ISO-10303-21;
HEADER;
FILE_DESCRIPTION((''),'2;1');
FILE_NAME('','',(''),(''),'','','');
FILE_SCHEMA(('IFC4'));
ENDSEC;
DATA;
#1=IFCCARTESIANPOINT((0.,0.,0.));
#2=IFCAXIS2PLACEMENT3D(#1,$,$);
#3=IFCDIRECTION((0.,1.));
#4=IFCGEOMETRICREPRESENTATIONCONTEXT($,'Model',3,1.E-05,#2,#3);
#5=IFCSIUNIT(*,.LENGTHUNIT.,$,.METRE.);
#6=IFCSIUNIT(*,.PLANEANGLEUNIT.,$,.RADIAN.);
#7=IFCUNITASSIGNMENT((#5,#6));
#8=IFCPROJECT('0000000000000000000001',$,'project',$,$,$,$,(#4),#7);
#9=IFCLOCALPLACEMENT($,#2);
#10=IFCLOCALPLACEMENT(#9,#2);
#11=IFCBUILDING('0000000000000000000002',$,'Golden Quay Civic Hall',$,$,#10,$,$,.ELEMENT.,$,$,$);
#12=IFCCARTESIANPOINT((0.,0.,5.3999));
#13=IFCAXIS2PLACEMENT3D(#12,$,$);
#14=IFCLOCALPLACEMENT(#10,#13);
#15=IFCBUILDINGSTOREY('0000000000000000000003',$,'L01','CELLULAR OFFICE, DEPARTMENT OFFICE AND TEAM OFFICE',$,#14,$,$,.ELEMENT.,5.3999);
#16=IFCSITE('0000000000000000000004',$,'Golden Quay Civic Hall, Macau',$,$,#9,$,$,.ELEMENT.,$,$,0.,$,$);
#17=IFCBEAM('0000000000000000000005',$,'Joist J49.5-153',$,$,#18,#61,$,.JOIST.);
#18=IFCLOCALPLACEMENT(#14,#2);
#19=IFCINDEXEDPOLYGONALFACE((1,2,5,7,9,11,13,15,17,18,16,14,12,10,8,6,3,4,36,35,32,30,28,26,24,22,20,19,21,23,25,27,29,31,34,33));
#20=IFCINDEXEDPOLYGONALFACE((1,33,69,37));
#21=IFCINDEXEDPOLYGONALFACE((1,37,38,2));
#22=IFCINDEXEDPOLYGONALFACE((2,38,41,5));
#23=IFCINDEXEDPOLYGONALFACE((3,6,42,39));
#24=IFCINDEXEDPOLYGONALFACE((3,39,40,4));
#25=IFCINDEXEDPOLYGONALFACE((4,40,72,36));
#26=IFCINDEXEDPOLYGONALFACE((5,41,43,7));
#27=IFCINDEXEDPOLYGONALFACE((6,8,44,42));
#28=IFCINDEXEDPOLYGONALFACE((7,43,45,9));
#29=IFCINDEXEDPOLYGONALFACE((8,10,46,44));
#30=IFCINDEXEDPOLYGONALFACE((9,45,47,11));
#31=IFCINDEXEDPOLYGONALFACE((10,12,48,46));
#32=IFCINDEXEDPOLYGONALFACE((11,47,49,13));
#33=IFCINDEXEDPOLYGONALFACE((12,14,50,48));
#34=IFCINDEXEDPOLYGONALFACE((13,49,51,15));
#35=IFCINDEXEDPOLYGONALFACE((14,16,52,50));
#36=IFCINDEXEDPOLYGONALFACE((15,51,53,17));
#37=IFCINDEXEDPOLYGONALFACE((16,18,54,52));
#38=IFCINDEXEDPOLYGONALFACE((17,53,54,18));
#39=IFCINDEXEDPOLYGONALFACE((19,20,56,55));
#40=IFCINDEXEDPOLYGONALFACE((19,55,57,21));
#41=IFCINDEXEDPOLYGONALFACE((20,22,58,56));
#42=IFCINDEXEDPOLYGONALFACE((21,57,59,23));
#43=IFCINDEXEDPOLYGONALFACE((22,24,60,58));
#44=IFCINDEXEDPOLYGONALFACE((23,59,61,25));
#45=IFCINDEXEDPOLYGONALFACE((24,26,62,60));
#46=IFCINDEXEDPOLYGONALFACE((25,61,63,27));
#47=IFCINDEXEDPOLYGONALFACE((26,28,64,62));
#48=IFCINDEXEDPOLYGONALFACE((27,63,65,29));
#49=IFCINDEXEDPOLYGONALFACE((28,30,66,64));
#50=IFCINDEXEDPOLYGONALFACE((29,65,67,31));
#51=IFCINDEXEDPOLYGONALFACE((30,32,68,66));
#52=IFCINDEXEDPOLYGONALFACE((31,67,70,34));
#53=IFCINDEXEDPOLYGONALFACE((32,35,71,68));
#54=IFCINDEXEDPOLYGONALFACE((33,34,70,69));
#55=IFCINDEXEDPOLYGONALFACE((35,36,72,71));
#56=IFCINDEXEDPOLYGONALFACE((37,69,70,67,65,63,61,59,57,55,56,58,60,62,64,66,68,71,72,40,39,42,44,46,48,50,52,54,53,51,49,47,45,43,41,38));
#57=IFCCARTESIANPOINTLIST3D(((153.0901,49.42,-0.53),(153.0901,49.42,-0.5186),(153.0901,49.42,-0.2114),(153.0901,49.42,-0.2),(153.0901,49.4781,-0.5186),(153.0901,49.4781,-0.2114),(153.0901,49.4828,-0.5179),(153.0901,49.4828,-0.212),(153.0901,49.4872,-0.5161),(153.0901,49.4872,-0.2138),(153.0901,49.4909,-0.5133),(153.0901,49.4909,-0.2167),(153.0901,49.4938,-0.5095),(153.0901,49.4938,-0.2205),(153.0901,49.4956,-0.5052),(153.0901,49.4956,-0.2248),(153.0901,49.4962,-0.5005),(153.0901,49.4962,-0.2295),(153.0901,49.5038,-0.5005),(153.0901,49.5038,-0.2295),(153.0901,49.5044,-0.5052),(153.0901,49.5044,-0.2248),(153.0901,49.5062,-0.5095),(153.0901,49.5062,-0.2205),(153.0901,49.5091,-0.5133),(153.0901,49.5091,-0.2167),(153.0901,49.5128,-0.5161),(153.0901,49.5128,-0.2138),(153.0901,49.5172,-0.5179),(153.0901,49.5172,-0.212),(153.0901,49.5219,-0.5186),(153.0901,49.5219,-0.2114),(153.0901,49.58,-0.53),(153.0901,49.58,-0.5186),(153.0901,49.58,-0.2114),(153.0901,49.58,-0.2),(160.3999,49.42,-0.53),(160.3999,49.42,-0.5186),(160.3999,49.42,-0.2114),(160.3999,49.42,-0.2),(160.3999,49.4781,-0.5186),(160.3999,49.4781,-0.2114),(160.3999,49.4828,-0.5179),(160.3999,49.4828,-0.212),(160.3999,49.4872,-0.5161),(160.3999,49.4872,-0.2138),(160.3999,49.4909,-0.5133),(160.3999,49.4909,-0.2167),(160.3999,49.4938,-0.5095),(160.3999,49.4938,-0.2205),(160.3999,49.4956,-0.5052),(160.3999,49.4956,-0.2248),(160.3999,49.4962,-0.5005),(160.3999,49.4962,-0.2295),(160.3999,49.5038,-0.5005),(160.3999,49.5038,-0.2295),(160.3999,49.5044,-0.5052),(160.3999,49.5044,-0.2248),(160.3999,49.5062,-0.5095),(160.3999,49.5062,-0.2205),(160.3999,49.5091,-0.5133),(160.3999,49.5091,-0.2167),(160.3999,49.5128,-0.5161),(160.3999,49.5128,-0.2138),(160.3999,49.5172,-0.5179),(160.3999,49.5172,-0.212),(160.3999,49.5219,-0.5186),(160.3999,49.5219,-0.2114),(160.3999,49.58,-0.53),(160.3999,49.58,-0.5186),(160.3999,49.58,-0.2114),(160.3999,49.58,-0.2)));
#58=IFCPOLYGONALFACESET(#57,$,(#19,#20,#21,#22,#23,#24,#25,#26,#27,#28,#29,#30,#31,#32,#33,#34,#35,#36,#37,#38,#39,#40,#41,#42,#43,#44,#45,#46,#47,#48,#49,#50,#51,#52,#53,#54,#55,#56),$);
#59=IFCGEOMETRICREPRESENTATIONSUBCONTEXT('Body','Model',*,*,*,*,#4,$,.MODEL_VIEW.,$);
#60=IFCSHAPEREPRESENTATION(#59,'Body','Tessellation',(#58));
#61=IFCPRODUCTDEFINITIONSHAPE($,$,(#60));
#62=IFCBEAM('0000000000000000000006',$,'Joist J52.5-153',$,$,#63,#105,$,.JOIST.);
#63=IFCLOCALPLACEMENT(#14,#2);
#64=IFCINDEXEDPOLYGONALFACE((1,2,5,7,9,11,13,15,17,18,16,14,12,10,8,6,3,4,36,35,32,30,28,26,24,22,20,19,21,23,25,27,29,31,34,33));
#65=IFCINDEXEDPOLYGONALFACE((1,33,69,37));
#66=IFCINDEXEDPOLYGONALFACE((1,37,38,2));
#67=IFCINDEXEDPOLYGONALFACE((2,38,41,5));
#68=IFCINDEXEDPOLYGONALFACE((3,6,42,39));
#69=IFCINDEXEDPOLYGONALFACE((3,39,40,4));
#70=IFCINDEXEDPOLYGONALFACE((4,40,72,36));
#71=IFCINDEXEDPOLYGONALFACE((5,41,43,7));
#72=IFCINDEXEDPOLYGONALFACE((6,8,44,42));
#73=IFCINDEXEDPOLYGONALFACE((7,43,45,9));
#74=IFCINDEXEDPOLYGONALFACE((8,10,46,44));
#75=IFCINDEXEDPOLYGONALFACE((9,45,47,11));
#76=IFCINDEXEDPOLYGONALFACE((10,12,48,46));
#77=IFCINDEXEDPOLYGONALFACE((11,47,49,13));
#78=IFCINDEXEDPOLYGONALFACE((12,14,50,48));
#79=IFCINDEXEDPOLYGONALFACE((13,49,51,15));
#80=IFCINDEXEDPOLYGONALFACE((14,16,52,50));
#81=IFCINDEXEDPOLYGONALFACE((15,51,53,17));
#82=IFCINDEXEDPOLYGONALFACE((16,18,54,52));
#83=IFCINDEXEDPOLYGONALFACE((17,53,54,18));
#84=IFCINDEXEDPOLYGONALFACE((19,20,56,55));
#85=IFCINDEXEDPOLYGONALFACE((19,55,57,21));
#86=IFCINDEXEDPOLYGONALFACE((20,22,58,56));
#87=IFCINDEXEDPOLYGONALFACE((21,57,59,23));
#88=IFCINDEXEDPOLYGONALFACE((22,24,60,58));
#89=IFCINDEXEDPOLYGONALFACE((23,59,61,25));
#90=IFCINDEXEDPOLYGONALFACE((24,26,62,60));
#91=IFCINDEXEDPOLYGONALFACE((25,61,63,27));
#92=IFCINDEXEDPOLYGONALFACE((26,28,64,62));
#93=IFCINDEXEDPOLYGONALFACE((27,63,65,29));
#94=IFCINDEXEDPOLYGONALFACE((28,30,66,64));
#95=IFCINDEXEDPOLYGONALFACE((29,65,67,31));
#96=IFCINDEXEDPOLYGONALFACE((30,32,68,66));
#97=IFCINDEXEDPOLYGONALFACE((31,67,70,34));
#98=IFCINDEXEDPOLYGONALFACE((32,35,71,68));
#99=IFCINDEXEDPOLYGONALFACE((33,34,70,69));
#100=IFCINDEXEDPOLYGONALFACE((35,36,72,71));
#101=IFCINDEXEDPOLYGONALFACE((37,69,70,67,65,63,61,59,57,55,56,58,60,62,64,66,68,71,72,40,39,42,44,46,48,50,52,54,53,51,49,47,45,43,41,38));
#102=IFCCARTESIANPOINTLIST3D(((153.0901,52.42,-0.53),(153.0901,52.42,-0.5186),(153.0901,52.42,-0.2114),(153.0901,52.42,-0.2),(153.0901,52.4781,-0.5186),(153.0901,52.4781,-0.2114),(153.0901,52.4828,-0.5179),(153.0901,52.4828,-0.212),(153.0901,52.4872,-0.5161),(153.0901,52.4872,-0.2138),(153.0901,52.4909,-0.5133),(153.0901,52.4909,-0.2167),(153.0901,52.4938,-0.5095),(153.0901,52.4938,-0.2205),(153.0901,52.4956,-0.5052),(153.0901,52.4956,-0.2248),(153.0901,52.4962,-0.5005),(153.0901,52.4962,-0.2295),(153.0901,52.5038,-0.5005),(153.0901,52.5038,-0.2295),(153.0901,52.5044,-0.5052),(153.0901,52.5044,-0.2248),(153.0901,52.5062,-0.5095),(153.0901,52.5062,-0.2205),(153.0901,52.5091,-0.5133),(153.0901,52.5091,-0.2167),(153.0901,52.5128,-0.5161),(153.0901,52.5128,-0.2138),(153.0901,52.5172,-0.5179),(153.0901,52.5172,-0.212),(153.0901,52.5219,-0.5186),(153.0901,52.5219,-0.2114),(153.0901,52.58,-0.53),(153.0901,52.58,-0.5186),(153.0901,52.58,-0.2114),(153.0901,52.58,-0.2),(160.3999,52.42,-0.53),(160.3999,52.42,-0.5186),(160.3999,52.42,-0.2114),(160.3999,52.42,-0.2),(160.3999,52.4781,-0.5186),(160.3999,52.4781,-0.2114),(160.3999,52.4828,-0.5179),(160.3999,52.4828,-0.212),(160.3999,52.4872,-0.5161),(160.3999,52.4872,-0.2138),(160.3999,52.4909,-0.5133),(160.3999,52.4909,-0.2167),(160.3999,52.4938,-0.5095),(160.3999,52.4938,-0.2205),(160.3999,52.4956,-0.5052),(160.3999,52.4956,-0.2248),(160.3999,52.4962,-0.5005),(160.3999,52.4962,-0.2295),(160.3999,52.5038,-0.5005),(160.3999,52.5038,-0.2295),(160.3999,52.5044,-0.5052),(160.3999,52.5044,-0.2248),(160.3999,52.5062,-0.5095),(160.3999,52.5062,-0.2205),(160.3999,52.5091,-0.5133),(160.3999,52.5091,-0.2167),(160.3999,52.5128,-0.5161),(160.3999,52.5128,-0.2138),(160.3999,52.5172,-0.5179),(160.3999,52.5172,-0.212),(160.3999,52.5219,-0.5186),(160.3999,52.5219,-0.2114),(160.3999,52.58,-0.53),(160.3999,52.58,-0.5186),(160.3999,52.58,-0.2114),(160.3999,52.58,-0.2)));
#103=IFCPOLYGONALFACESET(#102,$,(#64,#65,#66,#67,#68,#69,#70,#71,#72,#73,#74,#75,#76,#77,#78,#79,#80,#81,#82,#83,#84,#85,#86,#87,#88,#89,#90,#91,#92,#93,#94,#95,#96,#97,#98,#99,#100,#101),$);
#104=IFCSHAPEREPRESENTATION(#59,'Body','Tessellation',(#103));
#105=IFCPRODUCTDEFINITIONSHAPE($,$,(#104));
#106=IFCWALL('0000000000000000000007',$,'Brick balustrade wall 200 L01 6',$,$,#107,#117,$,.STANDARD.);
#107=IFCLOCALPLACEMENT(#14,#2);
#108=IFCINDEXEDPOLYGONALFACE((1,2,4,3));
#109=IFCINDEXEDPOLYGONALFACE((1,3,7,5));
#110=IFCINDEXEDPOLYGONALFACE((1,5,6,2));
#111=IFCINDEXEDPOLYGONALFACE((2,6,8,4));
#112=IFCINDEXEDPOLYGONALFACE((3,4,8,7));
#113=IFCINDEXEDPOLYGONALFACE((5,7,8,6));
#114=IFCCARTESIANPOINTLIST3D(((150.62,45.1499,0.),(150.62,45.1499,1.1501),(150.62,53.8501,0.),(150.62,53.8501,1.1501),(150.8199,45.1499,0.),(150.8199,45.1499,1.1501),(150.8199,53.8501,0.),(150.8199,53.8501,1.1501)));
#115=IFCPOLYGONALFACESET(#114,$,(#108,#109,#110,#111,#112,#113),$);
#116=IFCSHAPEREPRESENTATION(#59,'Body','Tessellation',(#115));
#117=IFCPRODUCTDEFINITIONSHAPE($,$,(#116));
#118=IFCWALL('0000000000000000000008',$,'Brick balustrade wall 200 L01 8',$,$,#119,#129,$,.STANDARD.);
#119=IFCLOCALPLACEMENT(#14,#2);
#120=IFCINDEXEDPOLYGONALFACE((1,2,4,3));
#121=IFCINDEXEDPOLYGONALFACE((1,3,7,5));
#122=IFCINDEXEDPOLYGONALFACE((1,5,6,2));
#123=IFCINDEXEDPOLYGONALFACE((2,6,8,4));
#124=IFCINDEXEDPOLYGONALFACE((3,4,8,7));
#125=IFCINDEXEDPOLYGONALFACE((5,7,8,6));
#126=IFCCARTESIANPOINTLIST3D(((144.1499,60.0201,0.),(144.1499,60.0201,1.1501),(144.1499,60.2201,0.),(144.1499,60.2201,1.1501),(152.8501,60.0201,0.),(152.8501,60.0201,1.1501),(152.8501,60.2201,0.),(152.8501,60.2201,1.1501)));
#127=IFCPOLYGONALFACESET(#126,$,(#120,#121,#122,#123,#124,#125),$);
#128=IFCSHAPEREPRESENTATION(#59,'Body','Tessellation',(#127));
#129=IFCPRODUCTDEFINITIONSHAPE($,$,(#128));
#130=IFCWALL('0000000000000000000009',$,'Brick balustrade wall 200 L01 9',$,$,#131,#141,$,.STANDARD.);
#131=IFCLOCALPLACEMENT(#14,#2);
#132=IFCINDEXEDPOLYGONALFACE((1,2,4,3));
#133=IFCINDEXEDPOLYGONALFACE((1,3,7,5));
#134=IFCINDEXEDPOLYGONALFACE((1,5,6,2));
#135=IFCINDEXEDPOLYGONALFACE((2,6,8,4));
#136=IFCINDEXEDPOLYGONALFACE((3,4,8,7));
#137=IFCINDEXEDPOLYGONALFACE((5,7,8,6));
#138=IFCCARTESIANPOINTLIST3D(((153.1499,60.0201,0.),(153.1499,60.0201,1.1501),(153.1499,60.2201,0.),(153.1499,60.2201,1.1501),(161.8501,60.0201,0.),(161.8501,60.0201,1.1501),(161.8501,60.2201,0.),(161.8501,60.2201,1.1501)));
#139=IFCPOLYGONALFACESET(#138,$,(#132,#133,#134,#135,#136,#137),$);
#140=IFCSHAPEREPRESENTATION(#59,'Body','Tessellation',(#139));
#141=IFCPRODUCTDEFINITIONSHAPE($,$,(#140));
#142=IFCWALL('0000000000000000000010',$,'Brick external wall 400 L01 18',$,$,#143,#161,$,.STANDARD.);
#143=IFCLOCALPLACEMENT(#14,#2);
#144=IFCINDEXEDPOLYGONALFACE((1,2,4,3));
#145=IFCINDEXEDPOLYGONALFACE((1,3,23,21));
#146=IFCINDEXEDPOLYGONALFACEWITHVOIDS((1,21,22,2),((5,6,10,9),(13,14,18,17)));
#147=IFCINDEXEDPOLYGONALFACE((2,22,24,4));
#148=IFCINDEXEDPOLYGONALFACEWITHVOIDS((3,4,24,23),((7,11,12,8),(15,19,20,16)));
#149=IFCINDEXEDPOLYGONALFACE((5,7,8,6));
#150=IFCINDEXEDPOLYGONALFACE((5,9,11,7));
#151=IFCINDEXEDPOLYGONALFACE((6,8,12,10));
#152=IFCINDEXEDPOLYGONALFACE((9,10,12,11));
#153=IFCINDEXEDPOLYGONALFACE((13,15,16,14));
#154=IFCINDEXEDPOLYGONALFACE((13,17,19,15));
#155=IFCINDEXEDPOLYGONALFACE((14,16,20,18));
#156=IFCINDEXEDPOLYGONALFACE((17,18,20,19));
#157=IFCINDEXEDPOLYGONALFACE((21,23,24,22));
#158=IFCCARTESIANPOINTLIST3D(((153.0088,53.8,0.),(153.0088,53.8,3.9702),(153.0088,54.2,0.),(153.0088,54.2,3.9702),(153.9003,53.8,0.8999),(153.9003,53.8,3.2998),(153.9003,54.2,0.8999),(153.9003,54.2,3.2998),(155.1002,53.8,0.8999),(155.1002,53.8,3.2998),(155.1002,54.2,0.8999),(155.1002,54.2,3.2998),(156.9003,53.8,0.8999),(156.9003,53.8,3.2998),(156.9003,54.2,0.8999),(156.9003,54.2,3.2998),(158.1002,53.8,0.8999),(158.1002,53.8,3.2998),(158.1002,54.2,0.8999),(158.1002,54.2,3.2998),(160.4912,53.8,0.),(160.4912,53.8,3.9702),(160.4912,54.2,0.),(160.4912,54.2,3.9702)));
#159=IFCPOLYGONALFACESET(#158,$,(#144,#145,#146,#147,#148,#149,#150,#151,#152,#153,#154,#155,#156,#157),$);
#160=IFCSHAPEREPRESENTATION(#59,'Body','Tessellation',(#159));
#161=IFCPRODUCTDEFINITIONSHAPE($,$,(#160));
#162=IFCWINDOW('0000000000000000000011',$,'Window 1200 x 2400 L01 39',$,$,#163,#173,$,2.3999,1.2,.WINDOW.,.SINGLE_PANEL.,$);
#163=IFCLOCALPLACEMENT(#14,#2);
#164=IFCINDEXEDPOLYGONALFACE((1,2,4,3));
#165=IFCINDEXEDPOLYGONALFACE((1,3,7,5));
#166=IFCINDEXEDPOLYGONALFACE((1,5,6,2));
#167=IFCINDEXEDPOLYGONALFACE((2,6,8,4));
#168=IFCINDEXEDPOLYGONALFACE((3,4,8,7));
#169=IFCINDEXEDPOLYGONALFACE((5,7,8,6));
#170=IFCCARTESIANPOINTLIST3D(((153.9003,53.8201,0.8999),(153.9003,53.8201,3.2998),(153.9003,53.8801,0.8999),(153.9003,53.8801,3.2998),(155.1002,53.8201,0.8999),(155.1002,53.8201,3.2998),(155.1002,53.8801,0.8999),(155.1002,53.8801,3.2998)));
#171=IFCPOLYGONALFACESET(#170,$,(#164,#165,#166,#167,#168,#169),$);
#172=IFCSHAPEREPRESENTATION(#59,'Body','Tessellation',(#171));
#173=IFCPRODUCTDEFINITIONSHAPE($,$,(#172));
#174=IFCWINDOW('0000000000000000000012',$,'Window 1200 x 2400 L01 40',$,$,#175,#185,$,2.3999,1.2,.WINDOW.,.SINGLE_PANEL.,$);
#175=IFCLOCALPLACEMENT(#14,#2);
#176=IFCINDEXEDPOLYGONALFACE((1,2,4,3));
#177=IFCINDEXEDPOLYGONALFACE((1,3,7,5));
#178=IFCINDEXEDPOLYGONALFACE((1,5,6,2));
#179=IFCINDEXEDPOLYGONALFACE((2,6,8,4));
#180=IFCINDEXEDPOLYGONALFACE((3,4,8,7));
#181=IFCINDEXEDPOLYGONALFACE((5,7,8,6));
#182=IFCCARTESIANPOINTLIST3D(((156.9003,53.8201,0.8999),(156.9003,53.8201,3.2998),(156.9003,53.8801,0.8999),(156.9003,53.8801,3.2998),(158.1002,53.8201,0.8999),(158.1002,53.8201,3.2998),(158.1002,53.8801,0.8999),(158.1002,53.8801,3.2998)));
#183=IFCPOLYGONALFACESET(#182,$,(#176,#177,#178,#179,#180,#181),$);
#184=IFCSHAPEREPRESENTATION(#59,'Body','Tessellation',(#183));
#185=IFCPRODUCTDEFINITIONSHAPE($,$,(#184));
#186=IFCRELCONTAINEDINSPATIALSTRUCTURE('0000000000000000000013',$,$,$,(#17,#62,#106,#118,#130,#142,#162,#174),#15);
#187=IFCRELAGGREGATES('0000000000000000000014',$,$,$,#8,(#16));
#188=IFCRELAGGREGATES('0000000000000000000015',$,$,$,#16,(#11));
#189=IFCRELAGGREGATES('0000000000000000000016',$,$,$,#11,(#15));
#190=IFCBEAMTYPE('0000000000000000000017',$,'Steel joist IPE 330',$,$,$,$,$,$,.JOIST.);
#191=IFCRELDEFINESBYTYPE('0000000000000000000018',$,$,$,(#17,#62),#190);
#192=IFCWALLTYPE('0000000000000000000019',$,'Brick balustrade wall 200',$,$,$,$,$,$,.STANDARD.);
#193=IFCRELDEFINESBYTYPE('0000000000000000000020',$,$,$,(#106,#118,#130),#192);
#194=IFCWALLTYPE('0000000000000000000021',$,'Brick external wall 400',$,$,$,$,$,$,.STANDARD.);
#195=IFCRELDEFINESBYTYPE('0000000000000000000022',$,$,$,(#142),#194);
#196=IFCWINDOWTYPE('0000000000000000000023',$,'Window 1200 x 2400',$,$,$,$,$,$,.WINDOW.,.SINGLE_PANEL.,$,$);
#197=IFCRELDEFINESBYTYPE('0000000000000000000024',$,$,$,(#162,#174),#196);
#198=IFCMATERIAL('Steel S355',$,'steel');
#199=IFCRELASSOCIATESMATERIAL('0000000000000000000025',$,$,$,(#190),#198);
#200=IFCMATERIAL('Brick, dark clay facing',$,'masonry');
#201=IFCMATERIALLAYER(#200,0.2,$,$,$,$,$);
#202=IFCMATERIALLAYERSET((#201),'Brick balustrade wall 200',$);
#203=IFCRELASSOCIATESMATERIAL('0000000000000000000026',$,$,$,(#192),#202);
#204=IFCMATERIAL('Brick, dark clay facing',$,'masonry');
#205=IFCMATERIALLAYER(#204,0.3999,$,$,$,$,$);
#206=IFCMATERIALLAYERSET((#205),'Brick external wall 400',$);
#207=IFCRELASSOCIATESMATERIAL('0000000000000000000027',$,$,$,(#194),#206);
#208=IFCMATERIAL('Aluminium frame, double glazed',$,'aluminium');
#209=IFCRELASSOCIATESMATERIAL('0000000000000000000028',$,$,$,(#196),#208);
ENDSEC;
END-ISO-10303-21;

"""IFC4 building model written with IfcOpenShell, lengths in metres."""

from ifc_helpers import new_model, si_unit, direction, frame, frame_2d, origin, origin_2d, place, context, subcontext, project, spatial, rectangle, i_section, extrude, material, layer, layer_set, material_profile, profile_set, type_object, element, fill, save


model = new_model("IFC4")

# Units and contexts
model_context = context("Model", 3, precision=1e-05, world=origin(), true_north=direction((0.0, 1.0)))
body_context = subcontext(model_context, "Body", "Model", "MODEL_VIEW")
ifc_project = project(units=[si_unit("LENGTHUNIT", "METRE"), si_unit("PLANEANGLEUNIT", "RADIAN")], contexts=[model_context])

# Site, building, storey
site_placement = place(None, origin())
site = spatial("IfcSite", under=ifc_project, at=site_placement, Name="Golden Quay Civic Hall, Macau", CompositionType="ELEMENT", RefElevation=0.0)
building_placement = place(site_placement, origin())
building = spatial("IfcBuilding", under=site, at=building_placement, Name="Golden Quay Civic Hall", CompositionType="ELEMENT")
storey_placement = place(building_placement, frame((0.0, 0.0, 5.3999)))
storey = spatial("IfcBuildingStorey", under=building, at=storey_placement, Name="L01", Description="CELLULAR OFFICE, DEPARTMENT OFFICE AND TEAM OFFICE", CompositionType="ELEMENT", Elevation=5.3999)

# Beams
ifc_material_1 = material(Name="Steel S355", Category="steel")
ifc_material_profile_1 = material_profile(ifc_material_1, i_section(OverallWidth=0.1599, OverallDepth=0.3301, WebThickness=0.0076, FlangeThickness=0.0115, FilletRadius=0.0181, at=origin_2d()), Name="IPE 330")
ifc_profile_set_1 = profile_set([ifc_material_profile_1], Name="Steel S355")
beam_type_1 = type_object("IfcBeamType", Name="Steel joist IPE 330", PredefinedType="JOIST", material=ifc_profile_set_1)
for number, where, z_axis, x_axis, name in (
    (1, (153.0901, 49.5, -0.365), (1.0, 0.0, 0.0), (0.0, 1.0, 0.0), "Joist J49.5-153"),
    (2, (153.0901, 52.5, -0.365), (1.0, 0.0, 0.0), (0.0, 1.0, 0.0), "Joist J52.5-153"),
):
    element("IfcBeam", number, at=place(storey_placement, frame(where, z_axis=z_axis, x_axis=x_axis)), inside=storey, type_object=beam_type_1, Name=name, PredefinedType="JOIST", context=body_context, shape_type="SweptSolid", body=[
        extrude(i_section(OverallWidth=0.1599, OverallDepth=0.3301, WebThickness=0.0076, FlangeThickness=0.0115, FilletRadius=0.0181, at=origin_2d()), origin(), (0.0, 0.0, 1.0), 7.3098),
    ])

# Walls
ifc_material_2 = material(Name="Brick, dark clay facing", Category="masonry")
ifc_layer_1 = layer(ifc_material_2, 0.2)
ifc_layer_set_1 = layer_set([ifc_layer_1], Name="Brick balustrade wall 200")
wall_type_1 = type_object("IfcWallType", Name="Brick balustrade wall 200", PredefinedType="STANDARD", material=ifc_layer_set_1)
for number, where, z_axis, x_axis, name in (
    (3, (150.72, 45.1499, 0.0), (0.0, 0.0, 1.0), (0.0, 1.0, 0.0), "Brick balustrade wall 200 L01 6"),
    (4, (144.1499, 60.1201, 0.0), (0.0, 0.0, 1.0), (1.0, 0.0, 0.0), "Brick balustrade wall 200 L01 8"),
    (5, (153.1499, 60.1201, 0.0), (0.0, 0.0, 1.0), (1.0, 0.0, 0.0), "Brick balustrade wall 200 L01 9"),
):
    element("IfcWall", number, at=place(storey_placement, frame(where, z_axis=z_axis, x_axis=x_axis)), inside=storey, type_object=wall_type_1, Name=name, PredefinedType="STANDARD", context=body_context, shape_type="SweptSolid", body=[
        extrude(rectangle(XDim=8.7002, YDim=0.2, at=frame_2d((4.3501, 0.0))), origin(), (0.0, 0.0, 1.0), 1.1501),
    ])

# Shared definitions
ifc_material_3 = material(Name="Brick, dark clay facing", Category="masonry")
ifc_layer_2 = layer(ifc_material_3, 0.3999)
ifc_layer_set_2 = layer_set([ifc_layer_2], Name="Brick external wall 400")
wall_type_2 = type_object("IfcWallType", Name="Brick external wall 400", PredefinedType="STANDARD", material=ifc_layer_set_2)
ifc_material_4 = material(Name="Aluminium frame, double glazed", Category="aluminium")
window_type = type_object("IfcWindowType", Name="Window 1200 x 2400", PartitioningType="SINGLE_PANEL", PredefinedType="WINDOW", material=ifc_material_4)

# Wall, openings, windows
wall_1_placement = place(storey_placement, frame((153.0088, 54.0, 0.0), z_axis=(0.0, 0.0, 1.0), x_axis=(1.0, 0.0, 0.0)))
wall_1 = element("IfcWall", 6, at=wall_1_placement, inside=storey, type_object=wall_type_2, Name="Brick external wall 400 L01 18", PredefinedType="STANDARD", context=body_context, shape_type="SweptSolid", body=[
    extrude(rectangle(XDim=7.4824, YDim=0.3999, at=frame_2d((3.7412, 0.0))), origin(), (0.0, 0.0, 1.0), 3.9702),
])
opening_1_placement = place(wall_1_placement, frame((0.8914, 0.0, 0.8999)))
opening_1 = element("IfcOpeningElement", 7, at=opening_1_placement, cuts=wall_1, PredefinedType="OPENING", context=body_context, shape_type="SweptSolid", body=[
    extrude(rectangle(XDim=1.2, YDim=2.3999, at=frame_2d((0.6001, 1.2))), frame((0.0, 0.21, 0.0), z_axis=(0.0, -1.0, 0.0), x_axis=(1.0, 0.0, 0.0)), (0.0, 0.0, 1.0), 0.4199),
])
opening_2_placement = place(wall_1_placement, frame((3.8914, 0.0, 0.8999)))
opening_2 = element("IfcOpeningElement", 8, at=opening_2_placement, cuts=wall_1, PredefinedType="OPENING", context=body_context, shape_type="SweptSolid", body=[
    extrude(rectangle(XDim=1.2, YDim=2.3999, at=frame_2d((0.6001, 1.2))), frame((0.0, 0.21, 0.0), z_axis=(0.0, -1.0, 0.0), x_axis=(1.0, 0.0, 0.0)), (0.0, 0.0, 1.0), 0.4199),
])
window_1_placement = place(opening_1_placement, origin())
window_1 = element("IfcWindow", 9, at=window_1_placement, inside=storey, type_object=window_type, Name="Window 1200 x 2400 L01 39", OverallHeight=2.3999, OverallWidth=1.2, PartitioningType="SINGLE_PANEL", PredefinedType="WINDOW", context=body_context, shape_type="SweptSolid", body=[
    extrude(rectangle(XDim=1.2, YDim=2.3999, at=frame_2d((0.6001, 1.2))), frame((0.0, -0.1199, 0.0), z_axis=(0.0, -1.0, 0.0), x_axis=(1.0, 0.0, 0.0)), (0.0, 0.0, 1.0), 0.0601),
])
fill(opening_1, window_1)
window_2_placement = place(opening_2_placement, origin())
window_2 = element("IfcWindow", 10, at=window_2_placement, inside=storey, type_object=window_type, Name="Window 1200 x 2400 L01 40", OverallHeight=2.3999, OverallWidth=1.2, PartitioningType="SINGLE_PANEL", PredefinedType="WINDOW", context=body_context, shape_type="SweptSolid", body=[
    extrude(rectangle(XDim=1.2, YDim=2.3999, at=frame_2d((0.6001, 1.2))), frame((0.0, -0.1199, 0.0), z_axis=(0.0, -1.0, 0.0), x_axis=(1.0, 0.0, 0.0)), (0.0, 0.0, 1.0), 0.0601),
])
fill(opening_2, window_2)

save(model, "model.ifc")
